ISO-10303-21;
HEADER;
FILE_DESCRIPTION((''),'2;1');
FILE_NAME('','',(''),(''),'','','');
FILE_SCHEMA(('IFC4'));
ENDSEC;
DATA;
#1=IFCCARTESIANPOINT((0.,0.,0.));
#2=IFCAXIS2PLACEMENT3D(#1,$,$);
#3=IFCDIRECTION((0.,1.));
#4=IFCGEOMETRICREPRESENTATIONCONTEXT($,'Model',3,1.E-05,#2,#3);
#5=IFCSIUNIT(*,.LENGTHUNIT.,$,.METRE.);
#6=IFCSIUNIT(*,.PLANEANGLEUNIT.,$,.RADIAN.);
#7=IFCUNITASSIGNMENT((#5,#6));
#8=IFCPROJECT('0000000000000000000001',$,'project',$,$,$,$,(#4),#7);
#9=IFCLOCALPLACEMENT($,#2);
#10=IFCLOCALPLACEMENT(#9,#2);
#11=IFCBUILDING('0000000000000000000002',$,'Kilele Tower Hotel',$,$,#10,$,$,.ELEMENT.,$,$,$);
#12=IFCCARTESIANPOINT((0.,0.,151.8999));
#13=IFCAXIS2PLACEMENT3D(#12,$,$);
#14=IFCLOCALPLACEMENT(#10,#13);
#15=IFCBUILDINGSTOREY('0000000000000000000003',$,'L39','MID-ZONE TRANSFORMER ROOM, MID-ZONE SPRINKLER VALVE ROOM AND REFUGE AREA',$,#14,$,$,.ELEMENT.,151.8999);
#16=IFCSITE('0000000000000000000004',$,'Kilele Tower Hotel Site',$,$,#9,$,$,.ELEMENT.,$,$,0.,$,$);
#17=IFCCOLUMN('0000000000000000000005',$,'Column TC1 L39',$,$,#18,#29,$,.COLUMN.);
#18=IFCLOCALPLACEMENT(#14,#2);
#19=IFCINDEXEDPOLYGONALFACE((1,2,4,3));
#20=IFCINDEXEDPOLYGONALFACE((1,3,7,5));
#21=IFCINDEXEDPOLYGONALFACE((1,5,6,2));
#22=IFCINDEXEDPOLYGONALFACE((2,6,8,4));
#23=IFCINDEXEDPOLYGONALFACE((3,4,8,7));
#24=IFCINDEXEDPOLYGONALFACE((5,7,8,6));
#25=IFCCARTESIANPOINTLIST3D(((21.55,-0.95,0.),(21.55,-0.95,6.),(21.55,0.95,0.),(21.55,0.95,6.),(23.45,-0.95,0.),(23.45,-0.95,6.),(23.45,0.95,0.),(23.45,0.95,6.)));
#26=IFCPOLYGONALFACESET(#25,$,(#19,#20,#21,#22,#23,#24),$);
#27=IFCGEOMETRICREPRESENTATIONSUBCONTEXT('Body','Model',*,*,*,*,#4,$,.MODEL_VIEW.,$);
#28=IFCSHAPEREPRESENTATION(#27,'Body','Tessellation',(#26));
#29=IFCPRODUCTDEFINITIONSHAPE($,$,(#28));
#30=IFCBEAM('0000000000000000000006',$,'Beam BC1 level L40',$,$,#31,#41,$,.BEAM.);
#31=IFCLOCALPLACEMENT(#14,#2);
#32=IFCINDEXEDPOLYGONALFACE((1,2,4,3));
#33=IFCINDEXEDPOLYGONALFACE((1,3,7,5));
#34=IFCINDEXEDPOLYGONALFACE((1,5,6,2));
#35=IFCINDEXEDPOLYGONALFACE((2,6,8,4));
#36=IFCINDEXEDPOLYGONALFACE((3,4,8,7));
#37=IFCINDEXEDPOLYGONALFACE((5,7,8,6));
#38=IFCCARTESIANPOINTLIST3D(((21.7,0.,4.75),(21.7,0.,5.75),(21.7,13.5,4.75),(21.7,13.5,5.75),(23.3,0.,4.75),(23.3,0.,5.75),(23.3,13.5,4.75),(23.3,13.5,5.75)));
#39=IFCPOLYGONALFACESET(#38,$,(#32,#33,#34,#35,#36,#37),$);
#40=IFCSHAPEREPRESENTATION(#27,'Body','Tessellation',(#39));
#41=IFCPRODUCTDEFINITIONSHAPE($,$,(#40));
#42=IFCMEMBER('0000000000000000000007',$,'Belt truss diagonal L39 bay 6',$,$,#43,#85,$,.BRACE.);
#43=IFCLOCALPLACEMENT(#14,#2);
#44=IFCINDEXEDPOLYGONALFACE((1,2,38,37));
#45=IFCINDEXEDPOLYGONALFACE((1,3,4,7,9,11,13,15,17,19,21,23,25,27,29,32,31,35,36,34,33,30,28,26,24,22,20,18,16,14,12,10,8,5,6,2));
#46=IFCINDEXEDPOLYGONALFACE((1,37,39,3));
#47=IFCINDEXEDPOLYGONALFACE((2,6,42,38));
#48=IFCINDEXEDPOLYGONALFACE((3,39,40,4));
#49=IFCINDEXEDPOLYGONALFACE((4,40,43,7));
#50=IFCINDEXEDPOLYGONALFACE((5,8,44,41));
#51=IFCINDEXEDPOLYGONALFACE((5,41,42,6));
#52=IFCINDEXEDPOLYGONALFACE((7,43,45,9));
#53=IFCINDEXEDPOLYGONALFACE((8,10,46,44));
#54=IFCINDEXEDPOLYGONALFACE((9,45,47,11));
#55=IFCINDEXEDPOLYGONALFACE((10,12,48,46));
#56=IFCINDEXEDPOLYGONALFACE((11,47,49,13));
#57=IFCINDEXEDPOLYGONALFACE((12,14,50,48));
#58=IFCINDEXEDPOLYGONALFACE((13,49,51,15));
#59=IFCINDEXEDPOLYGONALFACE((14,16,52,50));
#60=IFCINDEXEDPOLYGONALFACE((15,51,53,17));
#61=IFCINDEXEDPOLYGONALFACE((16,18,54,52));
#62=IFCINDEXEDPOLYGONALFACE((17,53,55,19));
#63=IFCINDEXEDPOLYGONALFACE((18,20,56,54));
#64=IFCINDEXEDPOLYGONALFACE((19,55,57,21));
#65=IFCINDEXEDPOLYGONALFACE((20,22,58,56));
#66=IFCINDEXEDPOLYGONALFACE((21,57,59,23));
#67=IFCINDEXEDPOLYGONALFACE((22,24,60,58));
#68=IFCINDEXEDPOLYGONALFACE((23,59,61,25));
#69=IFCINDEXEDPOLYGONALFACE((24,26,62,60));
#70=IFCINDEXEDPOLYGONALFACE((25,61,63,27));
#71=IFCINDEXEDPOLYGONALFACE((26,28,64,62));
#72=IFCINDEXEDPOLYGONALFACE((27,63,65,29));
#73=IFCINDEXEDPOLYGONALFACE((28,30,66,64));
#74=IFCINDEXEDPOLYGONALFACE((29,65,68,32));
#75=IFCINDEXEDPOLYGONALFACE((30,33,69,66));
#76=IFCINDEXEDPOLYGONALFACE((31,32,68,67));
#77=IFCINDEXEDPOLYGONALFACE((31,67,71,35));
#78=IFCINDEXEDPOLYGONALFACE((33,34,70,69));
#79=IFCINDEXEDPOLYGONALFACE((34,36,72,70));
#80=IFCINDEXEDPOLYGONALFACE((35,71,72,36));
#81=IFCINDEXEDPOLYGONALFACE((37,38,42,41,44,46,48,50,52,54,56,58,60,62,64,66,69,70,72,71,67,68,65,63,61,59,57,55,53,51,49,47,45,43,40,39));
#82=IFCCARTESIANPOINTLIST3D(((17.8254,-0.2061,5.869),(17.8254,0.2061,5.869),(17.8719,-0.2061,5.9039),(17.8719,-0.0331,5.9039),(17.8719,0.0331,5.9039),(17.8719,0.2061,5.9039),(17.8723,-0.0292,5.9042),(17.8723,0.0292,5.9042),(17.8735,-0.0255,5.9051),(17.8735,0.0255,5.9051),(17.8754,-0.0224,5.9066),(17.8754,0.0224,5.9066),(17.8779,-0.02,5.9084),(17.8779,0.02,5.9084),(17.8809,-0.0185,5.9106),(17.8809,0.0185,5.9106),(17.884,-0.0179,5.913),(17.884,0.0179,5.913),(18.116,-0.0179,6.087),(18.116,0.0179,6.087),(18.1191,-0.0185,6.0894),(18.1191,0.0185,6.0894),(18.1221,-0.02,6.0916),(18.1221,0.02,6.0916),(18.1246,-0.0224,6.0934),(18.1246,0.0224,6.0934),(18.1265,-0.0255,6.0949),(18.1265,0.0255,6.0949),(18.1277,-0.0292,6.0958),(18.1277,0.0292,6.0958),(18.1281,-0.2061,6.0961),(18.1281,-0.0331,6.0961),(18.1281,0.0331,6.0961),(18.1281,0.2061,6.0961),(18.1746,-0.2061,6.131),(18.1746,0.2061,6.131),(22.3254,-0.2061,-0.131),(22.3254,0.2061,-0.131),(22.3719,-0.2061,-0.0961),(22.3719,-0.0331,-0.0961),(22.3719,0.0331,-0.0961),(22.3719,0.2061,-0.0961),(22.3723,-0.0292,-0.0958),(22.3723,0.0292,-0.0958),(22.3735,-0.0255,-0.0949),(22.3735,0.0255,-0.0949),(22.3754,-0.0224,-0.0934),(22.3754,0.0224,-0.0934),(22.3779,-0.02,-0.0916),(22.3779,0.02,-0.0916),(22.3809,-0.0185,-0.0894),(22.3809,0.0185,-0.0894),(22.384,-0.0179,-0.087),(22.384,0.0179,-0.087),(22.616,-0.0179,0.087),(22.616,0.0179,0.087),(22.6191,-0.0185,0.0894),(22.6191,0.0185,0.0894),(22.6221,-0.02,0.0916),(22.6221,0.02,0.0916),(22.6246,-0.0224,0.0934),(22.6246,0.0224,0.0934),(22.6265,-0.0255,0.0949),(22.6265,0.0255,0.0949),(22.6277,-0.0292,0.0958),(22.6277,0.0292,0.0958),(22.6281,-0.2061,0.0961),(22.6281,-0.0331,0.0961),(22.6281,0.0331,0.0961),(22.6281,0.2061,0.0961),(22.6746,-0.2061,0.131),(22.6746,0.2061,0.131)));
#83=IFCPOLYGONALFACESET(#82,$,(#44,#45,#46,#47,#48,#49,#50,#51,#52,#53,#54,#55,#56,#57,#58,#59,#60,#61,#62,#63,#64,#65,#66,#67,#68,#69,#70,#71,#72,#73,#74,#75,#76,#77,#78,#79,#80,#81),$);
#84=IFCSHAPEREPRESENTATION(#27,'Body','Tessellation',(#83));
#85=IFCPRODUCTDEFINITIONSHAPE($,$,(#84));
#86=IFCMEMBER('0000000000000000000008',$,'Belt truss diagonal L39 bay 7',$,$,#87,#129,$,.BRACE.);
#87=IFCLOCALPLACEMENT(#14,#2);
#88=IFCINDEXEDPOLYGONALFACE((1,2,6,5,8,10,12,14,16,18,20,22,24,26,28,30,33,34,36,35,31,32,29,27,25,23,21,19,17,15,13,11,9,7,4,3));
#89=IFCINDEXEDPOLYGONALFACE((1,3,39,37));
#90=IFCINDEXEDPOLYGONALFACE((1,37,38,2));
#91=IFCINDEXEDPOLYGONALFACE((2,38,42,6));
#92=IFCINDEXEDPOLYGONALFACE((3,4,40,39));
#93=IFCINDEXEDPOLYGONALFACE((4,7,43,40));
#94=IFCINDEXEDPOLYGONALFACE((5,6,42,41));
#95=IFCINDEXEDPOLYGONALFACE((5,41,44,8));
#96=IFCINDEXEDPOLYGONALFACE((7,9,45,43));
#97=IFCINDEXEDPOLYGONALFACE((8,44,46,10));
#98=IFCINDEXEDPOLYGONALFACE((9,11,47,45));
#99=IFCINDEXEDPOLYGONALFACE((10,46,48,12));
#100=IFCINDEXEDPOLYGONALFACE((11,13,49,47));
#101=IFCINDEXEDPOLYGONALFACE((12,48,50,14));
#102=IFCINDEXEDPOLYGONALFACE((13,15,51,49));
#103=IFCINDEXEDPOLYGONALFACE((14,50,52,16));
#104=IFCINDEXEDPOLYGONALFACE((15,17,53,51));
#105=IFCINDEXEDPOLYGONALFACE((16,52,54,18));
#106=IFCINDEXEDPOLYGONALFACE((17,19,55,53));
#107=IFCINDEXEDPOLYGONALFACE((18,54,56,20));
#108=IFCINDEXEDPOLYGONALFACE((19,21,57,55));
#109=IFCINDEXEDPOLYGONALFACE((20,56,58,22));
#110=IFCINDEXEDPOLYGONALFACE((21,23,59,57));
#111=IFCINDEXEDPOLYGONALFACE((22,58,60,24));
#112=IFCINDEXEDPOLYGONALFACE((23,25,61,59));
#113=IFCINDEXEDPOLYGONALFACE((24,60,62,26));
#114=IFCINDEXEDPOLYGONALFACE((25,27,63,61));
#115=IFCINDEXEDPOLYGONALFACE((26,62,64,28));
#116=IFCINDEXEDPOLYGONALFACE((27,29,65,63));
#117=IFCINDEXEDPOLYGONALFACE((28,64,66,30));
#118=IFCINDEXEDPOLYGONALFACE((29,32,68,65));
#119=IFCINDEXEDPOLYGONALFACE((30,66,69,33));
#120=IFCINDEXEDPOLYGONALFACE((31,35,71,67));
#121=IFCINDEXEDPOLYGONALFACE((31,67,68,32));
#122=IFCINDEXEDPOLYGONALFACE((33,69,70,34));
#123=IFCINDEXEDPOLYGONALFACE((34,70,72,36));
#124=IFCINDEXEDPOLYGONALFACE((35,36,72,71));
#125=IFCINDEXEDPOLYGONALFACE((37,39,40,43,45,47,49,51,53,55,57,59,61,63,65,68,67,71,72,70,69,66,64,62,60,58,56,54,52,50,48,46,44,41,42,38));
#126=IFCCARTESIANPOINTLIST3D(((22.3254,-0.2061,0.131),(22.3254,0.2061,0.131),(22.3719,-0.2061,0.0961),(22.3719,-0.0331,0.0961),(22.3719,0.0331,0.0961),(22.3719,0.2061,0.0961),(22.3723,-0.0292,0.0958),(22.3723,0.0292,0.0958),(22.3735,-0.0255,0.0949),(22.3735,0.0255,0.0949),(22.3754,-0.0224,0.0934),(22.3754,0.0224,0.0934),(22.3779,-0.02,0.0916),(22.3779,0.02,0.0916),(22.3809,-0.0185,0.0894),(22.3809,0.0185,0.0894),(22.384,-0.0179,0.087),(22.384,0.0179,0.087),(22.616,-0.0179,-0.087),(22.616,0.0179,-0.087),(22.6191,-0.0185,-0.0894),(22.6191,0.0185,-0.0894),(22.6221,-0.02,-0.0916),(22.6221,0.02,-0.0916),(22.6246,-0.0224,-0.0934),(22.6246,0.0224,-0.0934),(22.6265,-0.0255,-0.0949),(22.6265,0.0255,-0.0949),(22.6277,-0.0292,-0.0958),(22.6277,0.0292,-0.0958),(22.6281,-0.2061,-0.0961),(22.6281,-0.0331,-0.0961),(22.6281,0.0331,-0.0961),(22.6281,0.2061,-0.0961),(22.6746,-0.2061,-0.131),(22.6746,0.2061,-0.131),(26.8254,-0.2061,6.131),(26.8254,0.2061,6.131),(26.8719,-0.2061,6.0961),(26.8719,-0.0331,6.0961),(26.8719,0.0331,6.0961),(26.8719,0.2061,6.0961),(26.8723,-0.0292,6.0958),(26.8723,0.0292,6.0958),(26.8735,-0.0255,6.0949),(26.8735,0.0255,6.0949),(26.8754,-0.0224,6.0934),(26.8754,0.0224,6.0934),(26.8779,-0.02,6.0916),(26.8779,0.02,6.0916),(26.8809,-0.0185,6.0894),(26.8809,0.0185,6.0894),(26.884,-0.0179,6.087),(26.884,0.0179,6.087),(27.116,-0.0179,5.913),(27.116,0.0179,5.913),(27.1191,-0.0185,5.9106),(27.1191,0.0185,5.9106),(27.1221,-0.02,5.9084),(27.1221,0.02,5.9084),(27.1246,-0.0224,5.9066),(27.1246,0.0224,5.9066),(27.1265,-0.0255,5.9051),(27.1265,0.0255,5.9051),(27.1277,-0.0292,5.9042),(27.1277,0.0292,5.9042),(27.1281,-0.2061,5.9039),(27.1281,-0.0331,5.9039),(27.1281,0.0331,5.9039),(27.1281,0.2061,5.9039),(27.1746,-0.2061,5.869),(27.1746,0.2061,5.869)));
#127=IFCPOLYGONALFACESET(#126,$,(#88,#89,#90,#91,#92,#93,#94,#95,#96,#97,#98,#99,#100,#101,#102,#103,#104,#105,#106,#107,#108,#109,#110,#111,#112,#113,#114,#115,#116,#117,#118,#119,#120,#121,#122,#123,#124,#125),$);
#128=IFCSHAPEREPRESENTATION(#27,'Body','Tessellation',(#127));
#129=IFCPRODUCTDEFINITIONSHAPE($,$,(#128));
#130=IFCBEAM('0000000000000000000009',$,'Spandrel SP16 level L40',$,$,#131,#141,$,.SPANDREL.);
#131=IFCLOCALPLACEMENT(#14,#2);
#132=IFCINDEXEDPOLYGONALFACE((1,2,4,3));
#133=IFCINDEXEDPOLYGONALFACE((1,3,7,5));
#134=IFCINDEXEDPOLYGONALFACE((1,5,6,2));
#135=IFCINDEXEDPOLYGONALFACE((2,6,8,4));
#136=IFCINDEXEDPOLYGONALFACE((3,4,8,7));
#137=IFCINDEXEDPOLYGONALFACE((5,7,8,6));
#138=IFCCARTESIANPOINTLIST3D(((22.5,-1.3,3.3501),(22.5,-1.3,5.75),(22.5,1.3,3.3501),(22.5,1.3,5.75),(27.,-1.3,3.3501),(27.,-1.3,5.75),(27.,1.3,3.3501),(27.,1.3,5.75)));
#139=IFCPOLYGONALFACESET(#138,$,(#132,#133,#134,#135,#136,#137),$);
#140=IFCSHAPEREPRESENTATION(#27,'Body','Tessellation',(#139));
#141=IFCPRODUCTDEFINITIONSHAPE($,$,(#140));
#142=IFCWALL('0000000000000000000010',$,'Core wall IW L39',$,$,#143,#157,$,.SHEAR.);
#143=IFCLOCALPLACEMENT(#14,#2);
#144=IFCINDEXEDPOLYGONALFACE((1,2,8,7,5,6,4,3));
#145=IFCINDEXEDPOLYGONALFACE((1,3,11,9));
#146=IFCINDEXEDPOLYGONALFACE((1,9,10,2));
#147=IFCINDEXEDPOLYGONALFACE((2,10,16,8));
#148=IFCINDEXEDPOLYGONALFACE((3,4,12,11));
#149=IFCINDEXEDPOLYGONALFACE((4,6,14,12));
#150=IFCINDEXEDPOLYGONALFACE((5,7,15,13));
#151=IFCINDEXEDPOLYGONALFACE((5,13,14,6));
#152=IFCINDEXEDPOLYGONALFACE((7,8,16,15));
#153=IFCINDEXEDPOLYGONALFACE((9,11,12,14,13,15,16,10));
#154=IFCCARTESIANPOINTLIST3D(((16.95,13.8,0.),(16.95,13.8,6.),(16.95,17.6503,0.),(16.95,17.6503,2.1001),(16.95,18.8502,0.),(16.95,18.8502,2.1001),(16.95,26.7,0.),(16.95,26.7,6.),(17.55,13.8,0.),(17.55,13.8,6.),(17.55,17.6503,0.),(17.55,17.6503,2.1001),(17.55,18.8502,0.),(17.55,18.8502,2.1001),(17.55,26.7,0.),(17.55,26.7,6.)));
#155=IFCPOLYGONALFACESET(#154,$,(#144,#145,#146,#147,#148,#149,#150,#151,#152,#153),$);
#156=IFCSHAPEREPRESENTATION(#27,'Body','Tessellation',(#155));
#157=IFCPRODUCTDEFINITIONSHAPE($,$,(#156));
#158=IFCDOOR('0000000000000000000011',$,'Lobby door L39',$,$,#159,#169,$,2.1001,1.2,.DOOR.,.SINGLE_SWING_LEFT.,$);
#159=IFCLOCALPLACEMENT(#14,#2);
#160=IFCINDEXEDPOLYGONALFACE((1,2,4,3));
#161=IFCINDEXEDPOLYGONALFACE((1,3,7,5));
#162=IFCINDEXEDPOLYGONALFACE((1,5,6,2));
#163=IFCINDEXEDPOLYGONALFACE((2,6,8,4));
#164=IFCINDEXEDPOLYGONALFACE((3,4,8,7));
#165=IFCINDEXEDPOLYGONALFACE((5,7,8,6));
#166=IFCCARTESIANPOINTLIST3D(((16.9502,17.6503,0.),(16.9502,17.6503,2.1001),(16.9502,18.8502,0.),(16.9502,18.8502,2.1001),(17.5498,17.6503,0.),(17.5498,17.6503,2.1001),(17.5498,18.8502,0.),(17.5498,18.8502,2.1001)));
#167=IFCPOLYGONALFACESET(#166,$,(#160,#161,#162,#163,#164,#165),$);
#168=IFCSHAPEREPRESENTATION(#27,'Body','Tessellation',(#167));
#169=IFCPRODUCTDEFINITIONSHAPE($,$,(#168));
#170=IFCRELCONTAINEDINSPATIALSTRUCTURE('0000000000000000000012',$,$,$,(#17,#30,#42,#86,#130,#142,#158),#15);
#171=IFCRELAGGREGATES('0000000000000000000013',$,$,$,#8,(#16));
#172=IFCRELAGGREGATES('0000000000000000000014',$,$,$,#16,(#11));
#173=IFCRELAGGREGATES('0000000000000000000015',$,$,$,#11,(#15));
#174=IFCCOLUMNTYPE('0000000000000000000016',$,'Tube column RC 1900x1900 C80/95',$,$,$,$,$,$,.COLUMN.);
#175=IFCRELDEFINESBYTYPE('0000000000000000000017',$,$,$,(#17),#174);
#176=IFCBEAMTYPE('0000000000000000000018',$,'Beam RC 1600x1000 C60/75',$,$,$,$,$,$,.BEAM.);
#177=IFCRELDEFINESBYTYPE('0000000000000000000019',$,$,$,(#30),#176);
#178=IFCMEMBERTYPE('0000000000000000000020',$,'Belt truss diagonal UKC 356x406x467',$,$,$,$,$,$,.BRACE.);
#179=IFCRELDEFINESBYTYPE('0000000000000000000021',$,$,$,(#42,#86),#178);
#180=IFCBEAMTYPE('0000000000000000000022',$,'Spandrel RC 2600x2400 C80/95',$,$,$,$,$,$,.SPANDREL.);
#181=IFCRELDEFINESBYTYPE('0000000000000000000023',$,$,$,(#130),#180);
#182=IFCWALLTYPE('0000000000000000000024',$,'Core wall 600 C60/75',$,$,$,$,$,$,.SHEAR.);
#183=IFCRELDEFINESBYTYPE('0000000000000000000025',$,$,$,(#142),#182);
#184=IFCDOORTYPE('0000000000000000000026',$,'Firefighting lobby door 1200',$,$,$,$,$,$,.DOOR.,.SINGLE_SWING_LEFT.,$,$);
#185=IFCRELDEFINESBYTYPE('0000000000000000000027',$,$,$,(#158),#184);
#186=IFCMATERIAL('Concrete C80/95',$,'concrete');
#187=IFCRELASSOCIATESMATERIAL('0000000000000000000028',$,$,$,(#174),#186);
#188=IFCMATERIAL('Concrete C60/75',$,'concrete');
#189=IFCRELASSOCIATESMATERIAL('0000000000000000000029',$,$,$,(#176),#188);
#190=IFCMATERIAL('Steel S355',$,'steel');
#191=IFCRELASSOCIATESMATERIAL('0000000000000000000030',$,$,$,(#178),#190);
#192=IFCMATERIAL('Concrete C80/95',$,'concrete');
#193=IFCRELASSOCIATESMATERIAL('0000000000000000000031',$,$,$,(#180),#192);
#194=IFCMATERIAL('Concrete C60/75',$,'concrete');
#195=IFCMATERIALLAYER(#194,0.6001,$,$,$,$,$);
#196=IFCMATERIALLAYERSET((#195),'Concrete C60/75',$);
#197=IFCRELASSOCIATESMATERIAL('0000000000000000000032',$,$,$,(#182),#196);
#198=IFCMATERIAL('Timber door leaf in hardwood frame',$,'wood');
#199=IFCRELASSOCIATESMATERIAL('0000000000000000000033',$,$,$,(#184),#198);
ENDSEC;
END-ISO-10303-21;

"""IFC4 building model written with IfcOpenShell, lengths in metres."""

from ifc_helpers import new_model, si_unit, direction, frame, frame_2d, origin, origin_2d, place, context, subcontext, project, spatial, rectangle, i_section, extrude, material, layer, layer_set, material_profile, profile_set, type_object, element, fill, save


model = new_model("IFC4")

# Units and contexts
model_context = context("Model", 3, precision=1e-05, world=origin(), true_north=direction((0.0, 1.0)))
body_context = subcontext(model_context, "Body", "Model", "MODEL_VIEW")
ifc_project = project(units=[si_unit("LENGTHUNIT", "METRE"), si_unit("PLANEANGLEUNIT", "RADIAN")], contexts=[model_context])

# Site, building, storey
site_placement = place(None, origin())
site = spatial("IfcSite", under=ifc_project, at=site_placement, Name="Kilele Tower Hotel Site", CompositionType="ELEMENT", RefElevation=0.0)
building_placement = place(site_placement, origin())
building = spatial("IfcBuilding", under=site, at=building_placement, Name="Kilele Tower Hotel", CompositionType="ELEMENT")
storey_placement = place(building_placement, frame((0.0, 0.0, 151.8999)))
storey = spatial("IfcBuildingStorey", under=building, at=storey_placement, Name="L39", Description="MID-ZONE TRANSFORMER ROOM, MID-ZONE SPRINKLER VALVE ROOM AND REFUGE AREA", CompositionType="ELEMENT", Elevation=151.8999)

# Column
ifc_material_1 = material(Name="Concrete C80/95", Category="concrete")
ifc_material_profile_1 = material_profile(ifc_material_1, rectangle(XDim=1.8999, YDim=1.8999, at=origin_2d()))
ifc_profile_set_1 = profile_set([ifc_material_profile_1], Name="Concrete C80/95")
column_type = type_object("IfcColumnType", Name="Tube column RC 1900x1900 C80/95", PredefinedType="COLUMN", material=ifc_profile_set_1)
column_placement = place(storey_placement, frame((22.5, 0.0, 0.0), z_axis=(0.0, 0.0, 1.0), x_axis=(1.0, 0.0, 0.0)))
element("IfcColumn", 1, at=column_placement, inside=storey, type_object=column_type, Name="Column TC1 L39", PredefinedType="COLUMN", context=body_context, shape_type="SweptSolid", body=[
    extrude(rectangle(XDim=1.8999, YDim=1.8999, at=origin_2d()), origin(), (0.0, 0.0, 1.0), 6.0),
])

# Beam
ifc_material_2 = material(Name="Concrete C60/75", Category="concrete")
ifc_material_profile_2 = material_profile(ifc_material_2, rectangle(XDim=1.6001, YDim=1.0, at=origin_2d()))
ifc_profile_set_2 = profile_set([ifc_material_profile_2], Name="Concrete C60/75")
beam_type_1 = type_object("IfcBeamType", Name="Beam RC 1600x1000 C60/75", PredefinedType="BEAM", material=ifc_profile_set_2)
beam_1_placement = place(storey_placement, frame((22.5, 0.0, 5.25), z_axis=(0.0, 1.0, 0.0), x_axis=(-1.0, 0.0, 0.0)))
element("IfcBeam", 2, at=beam_1_placement, inside=storey, type_object=beam_type_1, Name="Beam BC1 level L40", PredefinedType="BEAM", context=body_context, shape_type="SweptSolid", body=[
    extrude(rectangle(XDim=1.6001, YDim=1.0, at=origin_2d()), origin(), (0.0, 0.0, 1.0), 13.5),
])

# Members
ifc_material_3 = material(Name="Steel S355", Category="steel")
ifc_material_profile_3 = material_profile(ifc_material_3, i_section(OverallWidth=0.4121, OverallDepth=0.4365, WebThickness=0.0359, FlangeThickness=0.0581, FilletRadius=0.0151, at=origin_2d()))
ifc_profile_set_3 = profile_set([ifc_material_profile_3], Name="Steel S355")
member_type = type_object("IfcMemberType", Name="Belt truss diagonal UKC 356x406x467", PredefinedType="BRACE", material=ifc_profile_set_3)
for number, where, z_axis, x_axis, name in (
    (3, (18.0, 0.0, 6.0), (0.6, 0.0, -0.8), (0.0, 1.0, 0.0), "Belt truss diagonal L39 bay 6"),
    (4, (22.5, 0.0, 0.0), (0.6, 0.0, 0.8), (0.0, 1.0, 0.0), "Belt truss diagonal L39 bay 7"),
):
    element("IfcMember", number, at=place(storey_placement, frame(where, z_axis=z_axis, x_axis=x_axis)), inside=storey, type_object=member_type, Name=name, PredefinedType="BRACE", context=body_context, shape_type="SweptSolid", body=[
        extrude(i_section(OverallWidth=0.4121, OverallDepth=0.4365, WebThickness=0.0359, FlangeThickness=0.0581, FilletRadius=0.0151, at=origin_2d()), origin(), (0.0, 0.0, 1.0), 7.5),
    ])

# Beam
ifc_material_4 = material(Name="Concrete C80/95", Category="concrete")
ifc_material_profile_4 = material_profile(ifc_material_4, rectangle(XDim=2.6001, YDim=2.3999, at=origin_2d()))
ifc_profile_set_4 = profile_set([ifc_material_profile_4], Name="Concrete C80/95")
beam_type_2 = type_object("IfcBeamType", Name="Spandrel RC 2600x2400 C80/95", PredefinedType="SPANDREL", material=ifc_profile_set_4)
beam_2_placement = place(storey_placement, frame((22.5, 0.0, 4.55), z_axis=(1.0, 0.0, 0.0), x_axis=(0.0, 1.0, 0.0)))
element("IfcBeam", 5, at=beam_2_placement, inside=storey, type_object=beam_type_2, Name="Spandrel SP16 level L40", PredefinedType="SPANDREL", context=body_context, shape_type="SweptSolid", body=[
    extrude(rectangle(XDim=2.6001, YDim=2.3999, at=origin_2d()), origin(), (0.0, 0.0, 1.0), 4.5),
])

# Wall, opening, door
ifc_material_5 = material(Name="Concrete C60/75", Category="concrete")
ifc_layer_1 = layer(ifc_material_5, 0.6001)
ifc_layer_set_1 = layer_set([ifc_layer_1], Name="Concrete C60/75")
wall_type_1 = type_object("IfcWallType", Name="Core wall 600 C60/75", PredefinedType="SHEAR", material=ifc_layer_set_1)
wall_1_placement = place(storey_placement, frame((17.25, 13.8, 0.0), z_axis=(0.0, 0.0, 1.0), x_axis=(0.0, 1.0, 0.0)))
wall_1 = element("IfcWall", 6, at=wall_1_placement, inside=storey, type_object=wall_type_1, Name="Core wall IW L39", PredefinedType="SHEAR", context=body_context, shape_type="SweptSolid", body=[
    extrude(rectangle(XDim=12.8999, YDim=0.6001, at=frame_2d((6.45, 0.0))), origin(), (0.0, 0.0, 1.0), 6.0),
])
opening_1_placement = place(wall_1_placement, frame((3.8501, 0.0, 0.0)))
opening_1 = element("IfcOpeningElement", 7, at=opening_1_placement, cuts=wall_1, PredefinedType="OPENING", context=body_context, shape_type="SweptSolid", body=[
    extrude(rectangle(XDim=1.2, YDim=2.1001, at=frame_2d((0.6001, 1.05))), frame((0.0, 0.3101, 0.0), z_axis=(0.0, -1.0, 0.0), x_axis=(1.0, 0.0, 0.0)), (0.0, 0.0, 1.0), 0.6201),
])
ifc_material_6 = material(Name="Timber door leaf in hardwood frame", Category="wood")
door_type_1 = type_object("IfcDoorType", Name="Firefighting lobby door 1200", OperationType="SINGLE_SWING_LEFT", PredefinedType="DOOR", material=ifc_material_6)
door_1_placement = place(opening_1_placement, origin())
door_1 = element("IfcDoor", 8, at=door_1_placement, inside=storey, type_object=door_type_1, Name="Lobby door L39", OperationType="SINGLE_SWING_LEFT", OverallHeight=2.1001, OverallWidth=1.2, PredefinedType="DOOR", context=body_context, shape_type="SweptSolid", body=[
    extrude(rectangle(XDim=1.2, YDim=2.1001, at=frame_2d((0.6001, 1.05))), frame((0.0, 0.2998, 0.0), z_axis=(0.0, -1.0, 0.0), x_axis=(1.0, 0.0, 0.0)), (0.0, 0.0, 1.0), 0.5996),
])
fill(opening_1, door_1)

save(model, "model.ifc")
